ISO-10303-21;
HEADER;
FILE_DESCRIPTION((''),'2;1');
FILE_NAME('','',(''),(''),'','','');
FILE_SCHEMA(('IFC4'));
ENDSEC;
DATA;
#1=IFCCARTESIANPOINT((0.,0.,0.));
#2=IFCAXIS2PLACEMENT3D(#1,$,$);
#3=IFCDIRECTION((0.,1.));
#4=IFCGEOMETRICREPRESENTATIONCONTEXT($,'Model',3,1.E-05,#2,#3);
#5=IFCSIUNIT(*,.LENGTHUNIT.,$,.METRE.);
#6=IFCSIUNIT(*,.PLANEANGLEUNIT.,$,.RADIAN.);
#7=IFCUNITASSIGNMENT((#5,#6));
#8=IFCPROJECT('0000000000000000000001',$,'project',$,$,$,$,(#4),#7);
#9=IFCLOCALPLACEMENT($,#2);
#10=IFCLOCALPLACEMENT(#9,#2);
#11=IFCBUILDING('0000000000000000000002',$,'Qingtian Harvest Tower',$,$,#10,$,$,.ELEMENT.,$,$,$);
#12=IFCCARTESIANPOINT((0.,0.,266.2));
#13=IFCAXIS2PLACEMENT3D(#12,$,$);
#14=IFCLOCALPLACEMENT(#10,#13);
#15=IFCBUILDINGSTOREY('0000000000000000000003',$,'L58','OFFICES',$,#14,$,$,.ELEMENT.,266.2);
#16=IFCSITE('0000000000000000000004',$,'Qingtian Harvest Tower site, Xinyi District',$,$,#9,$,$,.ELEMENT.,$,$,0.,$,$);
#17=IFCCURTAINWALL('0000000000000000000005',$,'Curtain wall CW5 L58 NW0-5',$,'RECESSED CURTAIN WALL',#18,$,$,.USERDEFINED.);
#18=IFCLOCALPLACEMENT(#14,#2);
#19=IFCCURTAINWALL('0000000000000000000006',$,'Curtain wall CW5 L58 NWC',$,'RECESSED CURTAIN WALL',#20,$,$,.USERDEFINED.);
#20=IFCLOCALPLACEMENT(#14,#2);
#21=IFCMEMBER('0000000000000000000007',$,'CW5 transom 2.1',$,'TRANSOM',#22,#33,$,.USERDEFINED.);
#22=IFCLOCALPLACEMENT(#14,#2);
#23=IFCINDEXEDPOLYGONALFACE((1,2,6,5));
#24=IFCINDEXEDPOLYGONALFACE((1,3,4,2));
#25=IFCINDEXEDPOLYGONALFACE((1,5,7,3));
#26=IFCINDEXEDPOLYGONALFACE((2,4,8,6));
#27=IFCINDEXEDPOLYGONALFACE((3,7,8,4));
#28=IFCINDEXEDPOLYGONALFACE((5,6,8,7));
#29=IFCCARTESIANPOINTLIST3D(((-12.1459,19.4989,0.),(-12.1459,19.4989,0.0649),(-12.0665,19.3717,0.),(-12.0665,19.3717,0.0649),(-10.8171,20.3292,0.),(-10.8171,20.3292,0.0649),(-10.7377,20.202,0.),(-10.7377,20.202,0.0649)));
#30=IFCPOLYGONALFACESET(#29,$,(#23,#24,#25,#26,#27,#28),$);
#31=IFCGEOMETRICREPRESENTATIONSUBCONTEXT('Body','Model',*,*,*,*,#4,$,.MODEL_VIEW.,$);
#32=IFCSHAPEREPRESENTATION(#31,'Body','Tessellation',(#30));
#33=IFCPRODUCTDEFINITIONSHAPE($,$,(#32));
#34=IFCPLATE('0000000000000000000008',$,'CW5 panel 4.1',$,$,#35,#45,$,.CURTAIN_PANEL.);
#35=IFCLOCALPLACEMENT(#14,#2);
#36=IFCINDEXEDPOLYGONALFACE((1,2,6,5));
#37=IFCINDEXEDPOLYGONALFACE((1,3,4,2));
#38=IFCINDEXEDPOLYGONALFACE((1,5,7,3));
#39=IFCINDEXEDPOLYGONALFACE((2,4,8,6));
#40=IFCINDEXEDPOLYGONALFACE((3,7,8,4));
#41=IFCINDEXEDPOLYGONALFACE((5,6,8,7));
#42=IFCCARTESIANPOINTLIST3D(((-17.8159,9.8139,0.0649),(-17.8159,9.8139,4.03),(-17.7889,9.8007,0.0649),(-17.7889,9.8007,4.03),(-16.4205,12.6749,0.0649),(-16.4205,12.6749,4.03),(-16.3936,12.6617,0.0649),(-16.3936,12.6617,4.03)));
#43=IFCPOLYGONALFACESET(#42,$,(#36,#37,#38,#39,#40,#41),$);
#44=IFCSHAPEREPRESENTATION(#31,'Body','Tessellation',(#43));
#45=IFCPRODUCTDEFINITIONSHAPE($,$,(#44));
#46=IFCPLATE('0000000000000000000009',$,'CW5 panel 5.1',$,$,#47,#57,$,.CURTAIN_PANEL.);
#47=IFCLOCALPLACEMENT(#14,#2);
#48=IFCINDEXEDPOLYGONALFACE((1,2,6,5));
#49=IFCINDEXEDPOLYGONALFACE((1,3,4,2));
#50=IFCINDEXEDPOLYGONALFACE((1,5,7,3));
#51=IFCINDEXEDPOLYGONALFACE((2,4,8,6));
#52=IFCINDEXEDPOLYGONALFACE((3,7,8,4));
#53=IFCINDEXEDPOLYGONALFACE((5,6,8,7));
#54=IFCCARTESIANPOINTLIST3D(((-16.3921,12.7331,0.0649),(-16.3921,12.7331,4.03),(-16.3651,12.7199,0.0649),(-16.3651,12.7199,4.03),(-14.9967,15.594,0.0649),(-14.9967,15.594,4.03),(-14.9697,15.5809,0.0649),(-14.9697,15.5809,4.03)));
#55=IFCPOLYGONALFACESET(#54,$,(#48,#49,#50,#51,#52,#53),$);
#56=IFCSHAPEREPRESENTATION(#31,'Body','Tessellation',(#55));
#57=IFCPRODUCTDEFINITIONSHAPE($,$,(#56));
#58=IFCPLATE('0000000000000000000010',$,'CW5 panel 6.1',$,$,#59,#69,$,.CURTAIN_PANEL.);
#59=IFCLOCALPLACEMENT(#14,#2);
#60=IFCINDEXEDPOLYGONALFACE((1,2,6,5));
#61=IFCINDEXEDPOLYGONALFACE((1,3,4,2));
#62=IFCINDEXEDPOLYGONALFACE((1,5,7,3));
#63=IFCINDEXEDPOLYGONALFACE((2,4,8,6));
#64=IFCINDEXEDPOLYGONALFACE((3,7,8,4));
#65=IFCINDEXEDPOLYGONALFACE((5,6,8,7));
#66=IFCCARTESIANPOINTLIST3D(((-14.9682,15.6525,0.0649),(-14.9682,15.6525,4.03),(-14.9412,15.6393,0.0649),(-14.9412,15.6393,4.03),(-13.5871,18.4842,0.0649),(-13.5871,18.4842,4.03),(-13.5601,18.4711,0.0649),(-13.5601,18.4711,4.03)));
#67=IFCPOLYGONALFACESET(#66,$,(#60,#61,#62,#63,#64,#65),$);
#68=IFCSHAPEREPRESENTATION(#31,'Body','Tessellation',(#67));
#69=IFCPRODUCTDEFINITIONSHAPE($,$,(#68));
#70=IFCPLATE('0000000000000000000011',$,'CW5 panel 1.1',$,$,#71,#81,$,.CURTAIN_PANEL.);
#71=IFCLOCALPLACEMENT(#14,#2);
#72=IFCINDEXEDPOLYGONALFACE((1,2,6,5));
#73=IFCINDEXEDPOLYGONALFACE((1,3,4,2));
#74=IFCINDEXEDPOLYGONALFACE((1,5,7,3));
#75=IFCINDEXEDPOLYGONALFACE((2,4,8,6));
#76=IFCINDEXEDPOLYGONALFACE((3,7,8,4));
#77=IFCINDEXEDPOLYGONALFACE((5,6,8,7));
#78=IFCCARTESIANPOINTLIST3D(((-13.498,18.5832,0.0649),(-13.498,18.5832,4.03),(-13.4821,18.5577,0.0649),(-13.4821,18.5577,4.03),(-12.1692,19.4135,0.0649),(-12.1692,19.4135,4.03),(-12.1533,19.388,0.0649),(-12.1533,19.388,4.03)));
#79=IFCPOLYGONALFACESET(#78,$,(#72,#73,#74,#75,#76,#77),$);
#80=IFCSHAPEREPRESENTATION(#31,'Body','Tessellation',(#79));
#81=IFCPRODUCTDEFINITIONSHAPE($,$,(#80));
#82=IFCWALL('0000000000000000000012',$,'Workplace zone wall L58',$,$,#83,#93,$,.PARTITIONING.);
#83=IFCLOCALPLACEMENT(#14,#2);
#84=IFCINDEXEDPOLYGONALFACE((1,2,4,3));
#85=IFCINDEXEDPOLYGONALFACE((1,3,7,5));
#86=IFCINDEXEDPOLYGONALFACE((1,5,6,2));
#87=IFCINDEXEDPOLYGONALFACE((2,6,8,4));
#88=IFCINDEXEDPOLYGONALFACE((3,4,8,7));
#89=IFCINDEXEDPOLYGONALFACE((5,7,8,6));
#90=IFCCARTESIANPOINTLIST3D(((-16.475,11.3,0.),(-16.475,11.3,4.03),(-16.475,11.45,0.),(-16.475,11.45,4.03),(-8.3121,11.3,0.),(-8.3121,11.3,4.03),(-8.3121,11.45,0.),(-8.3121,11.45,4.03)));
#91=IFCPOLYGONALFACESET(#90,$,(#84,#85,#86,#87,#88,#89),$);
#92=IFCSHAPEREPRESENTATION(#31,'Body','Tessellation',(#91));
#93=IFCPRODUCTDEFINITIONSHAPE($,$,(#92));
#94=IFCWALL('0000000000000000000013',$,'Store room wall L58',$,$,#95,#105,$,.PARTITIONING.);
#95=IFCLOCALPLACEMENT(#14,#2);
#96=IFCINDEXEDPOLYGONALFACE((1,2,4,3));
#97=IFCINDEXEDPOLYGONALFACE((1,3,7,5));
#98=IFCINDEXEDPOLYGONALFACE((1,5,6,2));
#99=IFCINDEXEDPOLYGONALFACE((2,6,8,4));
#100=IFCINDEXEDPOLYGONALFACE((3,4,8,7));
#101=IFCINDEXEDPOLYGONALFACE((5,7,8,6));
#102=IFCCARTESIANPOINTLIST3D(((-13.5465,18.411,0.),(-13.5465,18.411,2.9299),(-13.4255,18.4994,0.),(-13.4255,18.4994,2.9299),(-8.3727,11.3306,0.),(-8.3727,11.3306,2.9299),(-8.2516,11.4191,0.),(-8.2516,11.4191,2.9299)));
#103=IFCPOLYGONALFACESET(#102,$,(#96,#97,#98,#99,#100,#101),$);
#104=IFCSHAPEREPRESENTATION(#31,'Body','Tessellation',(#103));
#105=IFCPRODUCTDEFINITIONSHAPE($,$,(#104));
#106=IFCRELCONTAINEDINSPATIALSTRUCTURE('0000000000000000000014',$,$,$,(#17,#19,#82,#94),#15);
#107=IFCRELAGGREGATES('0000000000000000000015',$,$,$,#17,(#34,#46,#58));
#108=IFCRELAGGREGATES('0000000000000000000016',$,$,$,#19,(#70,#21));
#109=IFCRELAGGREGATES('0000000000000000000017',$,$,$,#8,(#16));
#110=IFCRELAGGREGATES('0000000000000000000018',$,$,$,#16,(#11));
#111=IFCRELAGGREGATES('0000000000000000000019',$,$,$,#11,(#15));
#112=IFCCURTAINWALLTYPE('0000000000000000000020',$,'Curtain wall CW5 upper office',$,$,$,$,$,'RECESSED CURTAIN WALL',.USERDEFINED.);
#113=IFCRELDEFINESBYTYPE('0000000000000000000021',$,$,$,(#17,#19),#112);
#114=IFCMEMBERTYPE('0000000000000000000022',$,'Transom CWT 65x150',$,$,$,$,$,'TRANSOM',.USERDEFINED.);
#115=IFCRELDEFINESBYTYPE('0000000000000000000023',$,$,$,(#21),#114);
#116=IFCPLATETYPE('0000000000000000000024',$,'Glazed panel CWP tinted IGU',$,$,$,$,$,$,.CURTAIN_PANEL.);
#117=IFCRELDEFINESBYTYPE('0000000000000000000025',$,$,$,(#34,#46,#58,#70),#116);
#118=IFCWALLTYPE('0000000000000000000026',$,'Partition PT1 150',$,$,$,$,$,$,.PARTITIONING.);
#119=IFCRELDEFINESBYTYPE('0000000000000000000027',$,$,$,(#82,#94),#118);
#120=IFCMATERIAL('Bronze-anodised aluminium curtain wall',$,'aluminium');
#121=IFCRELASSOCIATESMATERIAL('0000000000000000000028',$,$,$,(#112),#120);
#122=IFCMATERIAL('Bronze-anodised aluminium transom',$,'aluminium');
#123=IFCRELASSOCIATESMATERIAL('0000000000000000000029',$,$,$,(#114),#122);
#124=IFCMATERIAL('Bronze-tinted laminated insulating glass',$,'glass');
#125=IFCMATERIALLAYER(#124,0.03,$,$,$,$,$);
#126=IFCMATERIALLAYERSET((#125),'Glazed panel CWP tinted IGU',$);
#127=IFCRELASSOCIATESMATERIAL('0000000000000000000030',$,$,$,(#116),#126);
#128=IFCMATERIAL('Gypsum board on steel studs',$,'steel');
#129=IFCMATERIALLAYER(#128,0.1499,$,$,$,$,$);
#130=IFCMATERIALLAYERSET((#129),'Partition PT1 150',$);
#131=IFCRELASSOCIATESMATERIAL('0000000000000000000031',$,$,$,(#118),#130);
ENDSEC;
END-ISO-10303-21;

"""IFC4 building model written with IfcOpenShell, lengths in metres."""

from ifc_helpers import new_model, si_unit, direction, frame, frame_2d, origin, origin_2d, place, context, subcontext, project, spatial, rectangle, extrude, material, layer, layer_set, material_profile, profile_set, type_object, element, aggregate, save


model = new_model("IFC4")

# Units and contexts
model_context = context("Model", 3, precision=1e-05, world=origin(), true_north=direction((0.0, 1.0)))
body_context = subcontext(model_context, "Body", "Model", "MODEL_VIEW")
ifc_project = project(units=[si_unit("LENGTHUNIT", "METRE"), si_unit("PLANEANGLEUNIT", "RADIAN")], contexts=[model_context])

# Site, building, storey
site_placement = place(None, origin())
site = spatial("IfcSite", under=ifc_project, at=site_placement, Name="Qingtian Harvest Tower site, Xinyi District", CompositionType="ELEMENT", RefElevation=0.0)
building_placement = place(site_placement, origin())
building = spatial("IfcBuilding", under=site, at=building_placement, Name="Qingtian Harvest Tower", CompositionType="ELEMENT")
storey_placement = place(building_placement, frame((0.0, 0.0, 266.2)))
storey = spatial("IfcBuildingStorey", under=building, at=storey_placement, Name="L58", Description="OFFICES", CompositionType="ELEMENT", Elevation=266.2)

# Curtain walls
ifc_material_1 = material(Name="Bronze-anodised aluminium curtain wall", Category="aluminium")
curtain_wall_type = type_object("IfcCurtainWallType", Name="Curtain wall CW5 upper office", ElementType="RECESSED CURTAIN WALL", PredefinedType="USERDEFINED", material=ifc_material_1)
curtain_wall_1_placement = place(storey_placement, origin())
curtain_wall_1 = element("IfcCurtainWall", 1, at=curtain_wall_1_placement, inside=storey, type_object=curtain_wall_type, Name="Curtain wall CW5 L58 NW0-5", ObjectType="RECESSED CURTAIN WALL", PredefinedType="USERDEFINED")
curtain_wall_2_placement = place(storey_placement, origin())
curtain_wall_2 = element("IfcCurtainWall", 2, at=curtain_wall_2_placement, inside=storey, type_object=curtain_wall_type, Name="Curtain wall CW5 L58 NWC", ObjectType="RECESSED CURTAIN WALL", PredefinedType="USERDEFINED")

# Member
ifc_material_2 = material(Name="Bronze-anodised aluminium transom", Category="aluminium")
ifc_material_profile_1 = material_profile(ifc_material_2, rectangle(XDim=0.1499, YDim=0.0649, at=origin_2d()), Name="AL 65x150")
ifc_profile_set_1 = profile_set([ifc_material_profile_1], Name="Bronze-anodised aluminium transom")
member_type_1 = type_object("IfcMemberType", Name="Transom CWT 65x150", ElementType="TRANSOM", PredefinedType="USERDEFINED", material=ifc_profile_set_1)
member_1_placement = place(storey_placement, frame((-12.1062, 19.4353, 0.0325), z_axis=(0.84806, 0.529901, 0.0), x_axis=(-0.529901, 0.84806, 0.0)))
member_1 = element("IfcMember", 3, at=member_1_placement, type_object=member_type_1, Name="CW5 transom 2.1", ObjectType="TRANSOM", PredefinedType="USERDEFINED", context=body_context, shape_type="SweptSolid", body=[
    extrude(rectangle(XDim=0.1499, YDim=0.0649, at=origin_2d()), origin(), (0.0, 0.0, 1.0), 1.5669),
])

# Plates
ifc_material_3 = material(Name="Bronze-tinted laminated insulating glass", Category="glass")
ifc_layer_1 = layer(ifc_material_3, 0.03)
ifc_layer_set_1 = layer_set([ifc_layer_1], Name="Glazed panel CWP tinted IGU")
plate_type = type_object("IfcPlateType", Name="Glazed panel CWP tinted IGU", PredefinedType="CURTAIN_PANEL", material=ifc_layer_set_1)
plate_1_placement = place(storey_placement, frame((-17.1047, 11.2378, 0.0649), z_axis=(0.0, 0.0, 1.0), x_axis=(0.438371, 0.898794, 0.0)))
plate_1 = element("IfcPlate", 4, at=plate_1_placement, type_object=plate_type, Name="CW5 panel 4.1", PredefinedType="CURTAIN_PANEL", context=body_context, shape_type="SweptSolid", body=[
    extrude(rectangle(XDim=3.1831, YDim=0.03, at=origin_2d()), origin(), (0.0, 0.0, 1.0), 3.9651),
])
plate_2_placement = place(storey_placement, frame((-15.6809, 14.157, 0.0649), z_axis=(0.0, 0.0, 1.0), x_axis=(0.438371, 0.898794, 0.0)))
plate_2 = element("IfcPlate", 5, at=plate_2_placement, type_object=plate_type, Name="CW5 panel 5.1", PredefinedType="CURTAIN_PANEL", context=body_context, shape_type="SweptSolid", body=[
    extrude(rectangle(XDim=3.1831, YDim=0.03, at=origin_2d()), origin(), (0.0, 0.0, 1.0), 3.9651),
])
plate_3_placement = place(storey_placement, frame((-14.2642, 17.0618, 0.0649), z_axis=(0.0, 0.0, 1.0), x_axis=(0.438371, 0.898794, 0.0)))
plate_3 = element("IfcPlate", 6, at=plate_3_placement, type_object=plate_type, Name="CW5 panel 6.1", PredefinedType="CURTAIN_PANEL", context=body_context, shape_type="SweptSolid", body=[
    extrude(rectangle(XDim=3.1506, YDim=0.03, at=origin_2d()), origin(), (0.0, 0.0, 1.0), 3.9651),
])
aggregate(curtain_wall_1, [plate_1, plate_2, plate_3])
plate_4_placement = place(storey_placement, frame((-12.8257, 18.9856, 0.0649), z_axis=(0.0, 0.0, 1.0), x_axis=(0.848048, 0.529919, 0.0)))
plate_4 = element("IfcPlate", 7, at=plate_4_placement, type_object=plate_type, Name="CW5 panel 1.1", PredefinedType="CURTAIN_PANEL", context=body_context, shape_type="SweptSolid", body=[
    extrude(rectangle(XDim=1.5669, YDim=0.03, at=origin_2d()), origin(), (0.0, 0.0, 1.0), 3.9651),
])
aggregate(curtain_wall_2, [plate_4, member_1])

# Walls
ifc_material_4 = material(Name="Gypsum board on steel studs", Category="steel")
ifc_layer_2 = layer(ifc_material_4, 0.1499)
ifc_layer_set_2 = layer_set([ifc_layer_2], Name="Partition PT1 150")
wall_type = type_object("IfcWallType", Name="Partition PT1 150", PredefinedType="PARTITIONING", material=ifc_layer_set_2)
wall_1_placement = place(storey_placement, frame((-16.4751, 11.375, 0.0), z_axis=(0.0, 0.0, 1.0), x_axis=(1.0, 0.0, 0.0)))
element("IfcWall", 8, at=wall_1_placement, inside=storey, type_object=wall_type, Name="Workplace zone wall L58", PredefinedType="PARTITIONING", context=body_context, shape_type="SweptSolid", body=[
    extrude(rectangle(XDim=8.1628, YDim=0.1499, at=frame_2d((4.0815, 0.0))), origin(), (0.0, 0.0, 1.0), 4.03),
])
wall_2_placement = place(storey_placement, frame((-13.4861, 18.4553, 0.0), z_axis=(0.0, 0.0, 1.0), x_axis=(0.589998, -0.807405, 0.0)))
element("IfcWall", 9, at=wall_2_placement, inside=storey, type_object=wall_type, Name="Store room wall L58", PredefinedType="PARTITIONING", context=body_context, shape_type="SweptSolid", body=[
    extrude(rectangle(XDim=8.7693, YDim=0.1499, at=frame_2d((4.3848, 0.0))), origin(), (0.0, 0.0, 1.0), 2.9299),
])

save(model, "model.ifc")
